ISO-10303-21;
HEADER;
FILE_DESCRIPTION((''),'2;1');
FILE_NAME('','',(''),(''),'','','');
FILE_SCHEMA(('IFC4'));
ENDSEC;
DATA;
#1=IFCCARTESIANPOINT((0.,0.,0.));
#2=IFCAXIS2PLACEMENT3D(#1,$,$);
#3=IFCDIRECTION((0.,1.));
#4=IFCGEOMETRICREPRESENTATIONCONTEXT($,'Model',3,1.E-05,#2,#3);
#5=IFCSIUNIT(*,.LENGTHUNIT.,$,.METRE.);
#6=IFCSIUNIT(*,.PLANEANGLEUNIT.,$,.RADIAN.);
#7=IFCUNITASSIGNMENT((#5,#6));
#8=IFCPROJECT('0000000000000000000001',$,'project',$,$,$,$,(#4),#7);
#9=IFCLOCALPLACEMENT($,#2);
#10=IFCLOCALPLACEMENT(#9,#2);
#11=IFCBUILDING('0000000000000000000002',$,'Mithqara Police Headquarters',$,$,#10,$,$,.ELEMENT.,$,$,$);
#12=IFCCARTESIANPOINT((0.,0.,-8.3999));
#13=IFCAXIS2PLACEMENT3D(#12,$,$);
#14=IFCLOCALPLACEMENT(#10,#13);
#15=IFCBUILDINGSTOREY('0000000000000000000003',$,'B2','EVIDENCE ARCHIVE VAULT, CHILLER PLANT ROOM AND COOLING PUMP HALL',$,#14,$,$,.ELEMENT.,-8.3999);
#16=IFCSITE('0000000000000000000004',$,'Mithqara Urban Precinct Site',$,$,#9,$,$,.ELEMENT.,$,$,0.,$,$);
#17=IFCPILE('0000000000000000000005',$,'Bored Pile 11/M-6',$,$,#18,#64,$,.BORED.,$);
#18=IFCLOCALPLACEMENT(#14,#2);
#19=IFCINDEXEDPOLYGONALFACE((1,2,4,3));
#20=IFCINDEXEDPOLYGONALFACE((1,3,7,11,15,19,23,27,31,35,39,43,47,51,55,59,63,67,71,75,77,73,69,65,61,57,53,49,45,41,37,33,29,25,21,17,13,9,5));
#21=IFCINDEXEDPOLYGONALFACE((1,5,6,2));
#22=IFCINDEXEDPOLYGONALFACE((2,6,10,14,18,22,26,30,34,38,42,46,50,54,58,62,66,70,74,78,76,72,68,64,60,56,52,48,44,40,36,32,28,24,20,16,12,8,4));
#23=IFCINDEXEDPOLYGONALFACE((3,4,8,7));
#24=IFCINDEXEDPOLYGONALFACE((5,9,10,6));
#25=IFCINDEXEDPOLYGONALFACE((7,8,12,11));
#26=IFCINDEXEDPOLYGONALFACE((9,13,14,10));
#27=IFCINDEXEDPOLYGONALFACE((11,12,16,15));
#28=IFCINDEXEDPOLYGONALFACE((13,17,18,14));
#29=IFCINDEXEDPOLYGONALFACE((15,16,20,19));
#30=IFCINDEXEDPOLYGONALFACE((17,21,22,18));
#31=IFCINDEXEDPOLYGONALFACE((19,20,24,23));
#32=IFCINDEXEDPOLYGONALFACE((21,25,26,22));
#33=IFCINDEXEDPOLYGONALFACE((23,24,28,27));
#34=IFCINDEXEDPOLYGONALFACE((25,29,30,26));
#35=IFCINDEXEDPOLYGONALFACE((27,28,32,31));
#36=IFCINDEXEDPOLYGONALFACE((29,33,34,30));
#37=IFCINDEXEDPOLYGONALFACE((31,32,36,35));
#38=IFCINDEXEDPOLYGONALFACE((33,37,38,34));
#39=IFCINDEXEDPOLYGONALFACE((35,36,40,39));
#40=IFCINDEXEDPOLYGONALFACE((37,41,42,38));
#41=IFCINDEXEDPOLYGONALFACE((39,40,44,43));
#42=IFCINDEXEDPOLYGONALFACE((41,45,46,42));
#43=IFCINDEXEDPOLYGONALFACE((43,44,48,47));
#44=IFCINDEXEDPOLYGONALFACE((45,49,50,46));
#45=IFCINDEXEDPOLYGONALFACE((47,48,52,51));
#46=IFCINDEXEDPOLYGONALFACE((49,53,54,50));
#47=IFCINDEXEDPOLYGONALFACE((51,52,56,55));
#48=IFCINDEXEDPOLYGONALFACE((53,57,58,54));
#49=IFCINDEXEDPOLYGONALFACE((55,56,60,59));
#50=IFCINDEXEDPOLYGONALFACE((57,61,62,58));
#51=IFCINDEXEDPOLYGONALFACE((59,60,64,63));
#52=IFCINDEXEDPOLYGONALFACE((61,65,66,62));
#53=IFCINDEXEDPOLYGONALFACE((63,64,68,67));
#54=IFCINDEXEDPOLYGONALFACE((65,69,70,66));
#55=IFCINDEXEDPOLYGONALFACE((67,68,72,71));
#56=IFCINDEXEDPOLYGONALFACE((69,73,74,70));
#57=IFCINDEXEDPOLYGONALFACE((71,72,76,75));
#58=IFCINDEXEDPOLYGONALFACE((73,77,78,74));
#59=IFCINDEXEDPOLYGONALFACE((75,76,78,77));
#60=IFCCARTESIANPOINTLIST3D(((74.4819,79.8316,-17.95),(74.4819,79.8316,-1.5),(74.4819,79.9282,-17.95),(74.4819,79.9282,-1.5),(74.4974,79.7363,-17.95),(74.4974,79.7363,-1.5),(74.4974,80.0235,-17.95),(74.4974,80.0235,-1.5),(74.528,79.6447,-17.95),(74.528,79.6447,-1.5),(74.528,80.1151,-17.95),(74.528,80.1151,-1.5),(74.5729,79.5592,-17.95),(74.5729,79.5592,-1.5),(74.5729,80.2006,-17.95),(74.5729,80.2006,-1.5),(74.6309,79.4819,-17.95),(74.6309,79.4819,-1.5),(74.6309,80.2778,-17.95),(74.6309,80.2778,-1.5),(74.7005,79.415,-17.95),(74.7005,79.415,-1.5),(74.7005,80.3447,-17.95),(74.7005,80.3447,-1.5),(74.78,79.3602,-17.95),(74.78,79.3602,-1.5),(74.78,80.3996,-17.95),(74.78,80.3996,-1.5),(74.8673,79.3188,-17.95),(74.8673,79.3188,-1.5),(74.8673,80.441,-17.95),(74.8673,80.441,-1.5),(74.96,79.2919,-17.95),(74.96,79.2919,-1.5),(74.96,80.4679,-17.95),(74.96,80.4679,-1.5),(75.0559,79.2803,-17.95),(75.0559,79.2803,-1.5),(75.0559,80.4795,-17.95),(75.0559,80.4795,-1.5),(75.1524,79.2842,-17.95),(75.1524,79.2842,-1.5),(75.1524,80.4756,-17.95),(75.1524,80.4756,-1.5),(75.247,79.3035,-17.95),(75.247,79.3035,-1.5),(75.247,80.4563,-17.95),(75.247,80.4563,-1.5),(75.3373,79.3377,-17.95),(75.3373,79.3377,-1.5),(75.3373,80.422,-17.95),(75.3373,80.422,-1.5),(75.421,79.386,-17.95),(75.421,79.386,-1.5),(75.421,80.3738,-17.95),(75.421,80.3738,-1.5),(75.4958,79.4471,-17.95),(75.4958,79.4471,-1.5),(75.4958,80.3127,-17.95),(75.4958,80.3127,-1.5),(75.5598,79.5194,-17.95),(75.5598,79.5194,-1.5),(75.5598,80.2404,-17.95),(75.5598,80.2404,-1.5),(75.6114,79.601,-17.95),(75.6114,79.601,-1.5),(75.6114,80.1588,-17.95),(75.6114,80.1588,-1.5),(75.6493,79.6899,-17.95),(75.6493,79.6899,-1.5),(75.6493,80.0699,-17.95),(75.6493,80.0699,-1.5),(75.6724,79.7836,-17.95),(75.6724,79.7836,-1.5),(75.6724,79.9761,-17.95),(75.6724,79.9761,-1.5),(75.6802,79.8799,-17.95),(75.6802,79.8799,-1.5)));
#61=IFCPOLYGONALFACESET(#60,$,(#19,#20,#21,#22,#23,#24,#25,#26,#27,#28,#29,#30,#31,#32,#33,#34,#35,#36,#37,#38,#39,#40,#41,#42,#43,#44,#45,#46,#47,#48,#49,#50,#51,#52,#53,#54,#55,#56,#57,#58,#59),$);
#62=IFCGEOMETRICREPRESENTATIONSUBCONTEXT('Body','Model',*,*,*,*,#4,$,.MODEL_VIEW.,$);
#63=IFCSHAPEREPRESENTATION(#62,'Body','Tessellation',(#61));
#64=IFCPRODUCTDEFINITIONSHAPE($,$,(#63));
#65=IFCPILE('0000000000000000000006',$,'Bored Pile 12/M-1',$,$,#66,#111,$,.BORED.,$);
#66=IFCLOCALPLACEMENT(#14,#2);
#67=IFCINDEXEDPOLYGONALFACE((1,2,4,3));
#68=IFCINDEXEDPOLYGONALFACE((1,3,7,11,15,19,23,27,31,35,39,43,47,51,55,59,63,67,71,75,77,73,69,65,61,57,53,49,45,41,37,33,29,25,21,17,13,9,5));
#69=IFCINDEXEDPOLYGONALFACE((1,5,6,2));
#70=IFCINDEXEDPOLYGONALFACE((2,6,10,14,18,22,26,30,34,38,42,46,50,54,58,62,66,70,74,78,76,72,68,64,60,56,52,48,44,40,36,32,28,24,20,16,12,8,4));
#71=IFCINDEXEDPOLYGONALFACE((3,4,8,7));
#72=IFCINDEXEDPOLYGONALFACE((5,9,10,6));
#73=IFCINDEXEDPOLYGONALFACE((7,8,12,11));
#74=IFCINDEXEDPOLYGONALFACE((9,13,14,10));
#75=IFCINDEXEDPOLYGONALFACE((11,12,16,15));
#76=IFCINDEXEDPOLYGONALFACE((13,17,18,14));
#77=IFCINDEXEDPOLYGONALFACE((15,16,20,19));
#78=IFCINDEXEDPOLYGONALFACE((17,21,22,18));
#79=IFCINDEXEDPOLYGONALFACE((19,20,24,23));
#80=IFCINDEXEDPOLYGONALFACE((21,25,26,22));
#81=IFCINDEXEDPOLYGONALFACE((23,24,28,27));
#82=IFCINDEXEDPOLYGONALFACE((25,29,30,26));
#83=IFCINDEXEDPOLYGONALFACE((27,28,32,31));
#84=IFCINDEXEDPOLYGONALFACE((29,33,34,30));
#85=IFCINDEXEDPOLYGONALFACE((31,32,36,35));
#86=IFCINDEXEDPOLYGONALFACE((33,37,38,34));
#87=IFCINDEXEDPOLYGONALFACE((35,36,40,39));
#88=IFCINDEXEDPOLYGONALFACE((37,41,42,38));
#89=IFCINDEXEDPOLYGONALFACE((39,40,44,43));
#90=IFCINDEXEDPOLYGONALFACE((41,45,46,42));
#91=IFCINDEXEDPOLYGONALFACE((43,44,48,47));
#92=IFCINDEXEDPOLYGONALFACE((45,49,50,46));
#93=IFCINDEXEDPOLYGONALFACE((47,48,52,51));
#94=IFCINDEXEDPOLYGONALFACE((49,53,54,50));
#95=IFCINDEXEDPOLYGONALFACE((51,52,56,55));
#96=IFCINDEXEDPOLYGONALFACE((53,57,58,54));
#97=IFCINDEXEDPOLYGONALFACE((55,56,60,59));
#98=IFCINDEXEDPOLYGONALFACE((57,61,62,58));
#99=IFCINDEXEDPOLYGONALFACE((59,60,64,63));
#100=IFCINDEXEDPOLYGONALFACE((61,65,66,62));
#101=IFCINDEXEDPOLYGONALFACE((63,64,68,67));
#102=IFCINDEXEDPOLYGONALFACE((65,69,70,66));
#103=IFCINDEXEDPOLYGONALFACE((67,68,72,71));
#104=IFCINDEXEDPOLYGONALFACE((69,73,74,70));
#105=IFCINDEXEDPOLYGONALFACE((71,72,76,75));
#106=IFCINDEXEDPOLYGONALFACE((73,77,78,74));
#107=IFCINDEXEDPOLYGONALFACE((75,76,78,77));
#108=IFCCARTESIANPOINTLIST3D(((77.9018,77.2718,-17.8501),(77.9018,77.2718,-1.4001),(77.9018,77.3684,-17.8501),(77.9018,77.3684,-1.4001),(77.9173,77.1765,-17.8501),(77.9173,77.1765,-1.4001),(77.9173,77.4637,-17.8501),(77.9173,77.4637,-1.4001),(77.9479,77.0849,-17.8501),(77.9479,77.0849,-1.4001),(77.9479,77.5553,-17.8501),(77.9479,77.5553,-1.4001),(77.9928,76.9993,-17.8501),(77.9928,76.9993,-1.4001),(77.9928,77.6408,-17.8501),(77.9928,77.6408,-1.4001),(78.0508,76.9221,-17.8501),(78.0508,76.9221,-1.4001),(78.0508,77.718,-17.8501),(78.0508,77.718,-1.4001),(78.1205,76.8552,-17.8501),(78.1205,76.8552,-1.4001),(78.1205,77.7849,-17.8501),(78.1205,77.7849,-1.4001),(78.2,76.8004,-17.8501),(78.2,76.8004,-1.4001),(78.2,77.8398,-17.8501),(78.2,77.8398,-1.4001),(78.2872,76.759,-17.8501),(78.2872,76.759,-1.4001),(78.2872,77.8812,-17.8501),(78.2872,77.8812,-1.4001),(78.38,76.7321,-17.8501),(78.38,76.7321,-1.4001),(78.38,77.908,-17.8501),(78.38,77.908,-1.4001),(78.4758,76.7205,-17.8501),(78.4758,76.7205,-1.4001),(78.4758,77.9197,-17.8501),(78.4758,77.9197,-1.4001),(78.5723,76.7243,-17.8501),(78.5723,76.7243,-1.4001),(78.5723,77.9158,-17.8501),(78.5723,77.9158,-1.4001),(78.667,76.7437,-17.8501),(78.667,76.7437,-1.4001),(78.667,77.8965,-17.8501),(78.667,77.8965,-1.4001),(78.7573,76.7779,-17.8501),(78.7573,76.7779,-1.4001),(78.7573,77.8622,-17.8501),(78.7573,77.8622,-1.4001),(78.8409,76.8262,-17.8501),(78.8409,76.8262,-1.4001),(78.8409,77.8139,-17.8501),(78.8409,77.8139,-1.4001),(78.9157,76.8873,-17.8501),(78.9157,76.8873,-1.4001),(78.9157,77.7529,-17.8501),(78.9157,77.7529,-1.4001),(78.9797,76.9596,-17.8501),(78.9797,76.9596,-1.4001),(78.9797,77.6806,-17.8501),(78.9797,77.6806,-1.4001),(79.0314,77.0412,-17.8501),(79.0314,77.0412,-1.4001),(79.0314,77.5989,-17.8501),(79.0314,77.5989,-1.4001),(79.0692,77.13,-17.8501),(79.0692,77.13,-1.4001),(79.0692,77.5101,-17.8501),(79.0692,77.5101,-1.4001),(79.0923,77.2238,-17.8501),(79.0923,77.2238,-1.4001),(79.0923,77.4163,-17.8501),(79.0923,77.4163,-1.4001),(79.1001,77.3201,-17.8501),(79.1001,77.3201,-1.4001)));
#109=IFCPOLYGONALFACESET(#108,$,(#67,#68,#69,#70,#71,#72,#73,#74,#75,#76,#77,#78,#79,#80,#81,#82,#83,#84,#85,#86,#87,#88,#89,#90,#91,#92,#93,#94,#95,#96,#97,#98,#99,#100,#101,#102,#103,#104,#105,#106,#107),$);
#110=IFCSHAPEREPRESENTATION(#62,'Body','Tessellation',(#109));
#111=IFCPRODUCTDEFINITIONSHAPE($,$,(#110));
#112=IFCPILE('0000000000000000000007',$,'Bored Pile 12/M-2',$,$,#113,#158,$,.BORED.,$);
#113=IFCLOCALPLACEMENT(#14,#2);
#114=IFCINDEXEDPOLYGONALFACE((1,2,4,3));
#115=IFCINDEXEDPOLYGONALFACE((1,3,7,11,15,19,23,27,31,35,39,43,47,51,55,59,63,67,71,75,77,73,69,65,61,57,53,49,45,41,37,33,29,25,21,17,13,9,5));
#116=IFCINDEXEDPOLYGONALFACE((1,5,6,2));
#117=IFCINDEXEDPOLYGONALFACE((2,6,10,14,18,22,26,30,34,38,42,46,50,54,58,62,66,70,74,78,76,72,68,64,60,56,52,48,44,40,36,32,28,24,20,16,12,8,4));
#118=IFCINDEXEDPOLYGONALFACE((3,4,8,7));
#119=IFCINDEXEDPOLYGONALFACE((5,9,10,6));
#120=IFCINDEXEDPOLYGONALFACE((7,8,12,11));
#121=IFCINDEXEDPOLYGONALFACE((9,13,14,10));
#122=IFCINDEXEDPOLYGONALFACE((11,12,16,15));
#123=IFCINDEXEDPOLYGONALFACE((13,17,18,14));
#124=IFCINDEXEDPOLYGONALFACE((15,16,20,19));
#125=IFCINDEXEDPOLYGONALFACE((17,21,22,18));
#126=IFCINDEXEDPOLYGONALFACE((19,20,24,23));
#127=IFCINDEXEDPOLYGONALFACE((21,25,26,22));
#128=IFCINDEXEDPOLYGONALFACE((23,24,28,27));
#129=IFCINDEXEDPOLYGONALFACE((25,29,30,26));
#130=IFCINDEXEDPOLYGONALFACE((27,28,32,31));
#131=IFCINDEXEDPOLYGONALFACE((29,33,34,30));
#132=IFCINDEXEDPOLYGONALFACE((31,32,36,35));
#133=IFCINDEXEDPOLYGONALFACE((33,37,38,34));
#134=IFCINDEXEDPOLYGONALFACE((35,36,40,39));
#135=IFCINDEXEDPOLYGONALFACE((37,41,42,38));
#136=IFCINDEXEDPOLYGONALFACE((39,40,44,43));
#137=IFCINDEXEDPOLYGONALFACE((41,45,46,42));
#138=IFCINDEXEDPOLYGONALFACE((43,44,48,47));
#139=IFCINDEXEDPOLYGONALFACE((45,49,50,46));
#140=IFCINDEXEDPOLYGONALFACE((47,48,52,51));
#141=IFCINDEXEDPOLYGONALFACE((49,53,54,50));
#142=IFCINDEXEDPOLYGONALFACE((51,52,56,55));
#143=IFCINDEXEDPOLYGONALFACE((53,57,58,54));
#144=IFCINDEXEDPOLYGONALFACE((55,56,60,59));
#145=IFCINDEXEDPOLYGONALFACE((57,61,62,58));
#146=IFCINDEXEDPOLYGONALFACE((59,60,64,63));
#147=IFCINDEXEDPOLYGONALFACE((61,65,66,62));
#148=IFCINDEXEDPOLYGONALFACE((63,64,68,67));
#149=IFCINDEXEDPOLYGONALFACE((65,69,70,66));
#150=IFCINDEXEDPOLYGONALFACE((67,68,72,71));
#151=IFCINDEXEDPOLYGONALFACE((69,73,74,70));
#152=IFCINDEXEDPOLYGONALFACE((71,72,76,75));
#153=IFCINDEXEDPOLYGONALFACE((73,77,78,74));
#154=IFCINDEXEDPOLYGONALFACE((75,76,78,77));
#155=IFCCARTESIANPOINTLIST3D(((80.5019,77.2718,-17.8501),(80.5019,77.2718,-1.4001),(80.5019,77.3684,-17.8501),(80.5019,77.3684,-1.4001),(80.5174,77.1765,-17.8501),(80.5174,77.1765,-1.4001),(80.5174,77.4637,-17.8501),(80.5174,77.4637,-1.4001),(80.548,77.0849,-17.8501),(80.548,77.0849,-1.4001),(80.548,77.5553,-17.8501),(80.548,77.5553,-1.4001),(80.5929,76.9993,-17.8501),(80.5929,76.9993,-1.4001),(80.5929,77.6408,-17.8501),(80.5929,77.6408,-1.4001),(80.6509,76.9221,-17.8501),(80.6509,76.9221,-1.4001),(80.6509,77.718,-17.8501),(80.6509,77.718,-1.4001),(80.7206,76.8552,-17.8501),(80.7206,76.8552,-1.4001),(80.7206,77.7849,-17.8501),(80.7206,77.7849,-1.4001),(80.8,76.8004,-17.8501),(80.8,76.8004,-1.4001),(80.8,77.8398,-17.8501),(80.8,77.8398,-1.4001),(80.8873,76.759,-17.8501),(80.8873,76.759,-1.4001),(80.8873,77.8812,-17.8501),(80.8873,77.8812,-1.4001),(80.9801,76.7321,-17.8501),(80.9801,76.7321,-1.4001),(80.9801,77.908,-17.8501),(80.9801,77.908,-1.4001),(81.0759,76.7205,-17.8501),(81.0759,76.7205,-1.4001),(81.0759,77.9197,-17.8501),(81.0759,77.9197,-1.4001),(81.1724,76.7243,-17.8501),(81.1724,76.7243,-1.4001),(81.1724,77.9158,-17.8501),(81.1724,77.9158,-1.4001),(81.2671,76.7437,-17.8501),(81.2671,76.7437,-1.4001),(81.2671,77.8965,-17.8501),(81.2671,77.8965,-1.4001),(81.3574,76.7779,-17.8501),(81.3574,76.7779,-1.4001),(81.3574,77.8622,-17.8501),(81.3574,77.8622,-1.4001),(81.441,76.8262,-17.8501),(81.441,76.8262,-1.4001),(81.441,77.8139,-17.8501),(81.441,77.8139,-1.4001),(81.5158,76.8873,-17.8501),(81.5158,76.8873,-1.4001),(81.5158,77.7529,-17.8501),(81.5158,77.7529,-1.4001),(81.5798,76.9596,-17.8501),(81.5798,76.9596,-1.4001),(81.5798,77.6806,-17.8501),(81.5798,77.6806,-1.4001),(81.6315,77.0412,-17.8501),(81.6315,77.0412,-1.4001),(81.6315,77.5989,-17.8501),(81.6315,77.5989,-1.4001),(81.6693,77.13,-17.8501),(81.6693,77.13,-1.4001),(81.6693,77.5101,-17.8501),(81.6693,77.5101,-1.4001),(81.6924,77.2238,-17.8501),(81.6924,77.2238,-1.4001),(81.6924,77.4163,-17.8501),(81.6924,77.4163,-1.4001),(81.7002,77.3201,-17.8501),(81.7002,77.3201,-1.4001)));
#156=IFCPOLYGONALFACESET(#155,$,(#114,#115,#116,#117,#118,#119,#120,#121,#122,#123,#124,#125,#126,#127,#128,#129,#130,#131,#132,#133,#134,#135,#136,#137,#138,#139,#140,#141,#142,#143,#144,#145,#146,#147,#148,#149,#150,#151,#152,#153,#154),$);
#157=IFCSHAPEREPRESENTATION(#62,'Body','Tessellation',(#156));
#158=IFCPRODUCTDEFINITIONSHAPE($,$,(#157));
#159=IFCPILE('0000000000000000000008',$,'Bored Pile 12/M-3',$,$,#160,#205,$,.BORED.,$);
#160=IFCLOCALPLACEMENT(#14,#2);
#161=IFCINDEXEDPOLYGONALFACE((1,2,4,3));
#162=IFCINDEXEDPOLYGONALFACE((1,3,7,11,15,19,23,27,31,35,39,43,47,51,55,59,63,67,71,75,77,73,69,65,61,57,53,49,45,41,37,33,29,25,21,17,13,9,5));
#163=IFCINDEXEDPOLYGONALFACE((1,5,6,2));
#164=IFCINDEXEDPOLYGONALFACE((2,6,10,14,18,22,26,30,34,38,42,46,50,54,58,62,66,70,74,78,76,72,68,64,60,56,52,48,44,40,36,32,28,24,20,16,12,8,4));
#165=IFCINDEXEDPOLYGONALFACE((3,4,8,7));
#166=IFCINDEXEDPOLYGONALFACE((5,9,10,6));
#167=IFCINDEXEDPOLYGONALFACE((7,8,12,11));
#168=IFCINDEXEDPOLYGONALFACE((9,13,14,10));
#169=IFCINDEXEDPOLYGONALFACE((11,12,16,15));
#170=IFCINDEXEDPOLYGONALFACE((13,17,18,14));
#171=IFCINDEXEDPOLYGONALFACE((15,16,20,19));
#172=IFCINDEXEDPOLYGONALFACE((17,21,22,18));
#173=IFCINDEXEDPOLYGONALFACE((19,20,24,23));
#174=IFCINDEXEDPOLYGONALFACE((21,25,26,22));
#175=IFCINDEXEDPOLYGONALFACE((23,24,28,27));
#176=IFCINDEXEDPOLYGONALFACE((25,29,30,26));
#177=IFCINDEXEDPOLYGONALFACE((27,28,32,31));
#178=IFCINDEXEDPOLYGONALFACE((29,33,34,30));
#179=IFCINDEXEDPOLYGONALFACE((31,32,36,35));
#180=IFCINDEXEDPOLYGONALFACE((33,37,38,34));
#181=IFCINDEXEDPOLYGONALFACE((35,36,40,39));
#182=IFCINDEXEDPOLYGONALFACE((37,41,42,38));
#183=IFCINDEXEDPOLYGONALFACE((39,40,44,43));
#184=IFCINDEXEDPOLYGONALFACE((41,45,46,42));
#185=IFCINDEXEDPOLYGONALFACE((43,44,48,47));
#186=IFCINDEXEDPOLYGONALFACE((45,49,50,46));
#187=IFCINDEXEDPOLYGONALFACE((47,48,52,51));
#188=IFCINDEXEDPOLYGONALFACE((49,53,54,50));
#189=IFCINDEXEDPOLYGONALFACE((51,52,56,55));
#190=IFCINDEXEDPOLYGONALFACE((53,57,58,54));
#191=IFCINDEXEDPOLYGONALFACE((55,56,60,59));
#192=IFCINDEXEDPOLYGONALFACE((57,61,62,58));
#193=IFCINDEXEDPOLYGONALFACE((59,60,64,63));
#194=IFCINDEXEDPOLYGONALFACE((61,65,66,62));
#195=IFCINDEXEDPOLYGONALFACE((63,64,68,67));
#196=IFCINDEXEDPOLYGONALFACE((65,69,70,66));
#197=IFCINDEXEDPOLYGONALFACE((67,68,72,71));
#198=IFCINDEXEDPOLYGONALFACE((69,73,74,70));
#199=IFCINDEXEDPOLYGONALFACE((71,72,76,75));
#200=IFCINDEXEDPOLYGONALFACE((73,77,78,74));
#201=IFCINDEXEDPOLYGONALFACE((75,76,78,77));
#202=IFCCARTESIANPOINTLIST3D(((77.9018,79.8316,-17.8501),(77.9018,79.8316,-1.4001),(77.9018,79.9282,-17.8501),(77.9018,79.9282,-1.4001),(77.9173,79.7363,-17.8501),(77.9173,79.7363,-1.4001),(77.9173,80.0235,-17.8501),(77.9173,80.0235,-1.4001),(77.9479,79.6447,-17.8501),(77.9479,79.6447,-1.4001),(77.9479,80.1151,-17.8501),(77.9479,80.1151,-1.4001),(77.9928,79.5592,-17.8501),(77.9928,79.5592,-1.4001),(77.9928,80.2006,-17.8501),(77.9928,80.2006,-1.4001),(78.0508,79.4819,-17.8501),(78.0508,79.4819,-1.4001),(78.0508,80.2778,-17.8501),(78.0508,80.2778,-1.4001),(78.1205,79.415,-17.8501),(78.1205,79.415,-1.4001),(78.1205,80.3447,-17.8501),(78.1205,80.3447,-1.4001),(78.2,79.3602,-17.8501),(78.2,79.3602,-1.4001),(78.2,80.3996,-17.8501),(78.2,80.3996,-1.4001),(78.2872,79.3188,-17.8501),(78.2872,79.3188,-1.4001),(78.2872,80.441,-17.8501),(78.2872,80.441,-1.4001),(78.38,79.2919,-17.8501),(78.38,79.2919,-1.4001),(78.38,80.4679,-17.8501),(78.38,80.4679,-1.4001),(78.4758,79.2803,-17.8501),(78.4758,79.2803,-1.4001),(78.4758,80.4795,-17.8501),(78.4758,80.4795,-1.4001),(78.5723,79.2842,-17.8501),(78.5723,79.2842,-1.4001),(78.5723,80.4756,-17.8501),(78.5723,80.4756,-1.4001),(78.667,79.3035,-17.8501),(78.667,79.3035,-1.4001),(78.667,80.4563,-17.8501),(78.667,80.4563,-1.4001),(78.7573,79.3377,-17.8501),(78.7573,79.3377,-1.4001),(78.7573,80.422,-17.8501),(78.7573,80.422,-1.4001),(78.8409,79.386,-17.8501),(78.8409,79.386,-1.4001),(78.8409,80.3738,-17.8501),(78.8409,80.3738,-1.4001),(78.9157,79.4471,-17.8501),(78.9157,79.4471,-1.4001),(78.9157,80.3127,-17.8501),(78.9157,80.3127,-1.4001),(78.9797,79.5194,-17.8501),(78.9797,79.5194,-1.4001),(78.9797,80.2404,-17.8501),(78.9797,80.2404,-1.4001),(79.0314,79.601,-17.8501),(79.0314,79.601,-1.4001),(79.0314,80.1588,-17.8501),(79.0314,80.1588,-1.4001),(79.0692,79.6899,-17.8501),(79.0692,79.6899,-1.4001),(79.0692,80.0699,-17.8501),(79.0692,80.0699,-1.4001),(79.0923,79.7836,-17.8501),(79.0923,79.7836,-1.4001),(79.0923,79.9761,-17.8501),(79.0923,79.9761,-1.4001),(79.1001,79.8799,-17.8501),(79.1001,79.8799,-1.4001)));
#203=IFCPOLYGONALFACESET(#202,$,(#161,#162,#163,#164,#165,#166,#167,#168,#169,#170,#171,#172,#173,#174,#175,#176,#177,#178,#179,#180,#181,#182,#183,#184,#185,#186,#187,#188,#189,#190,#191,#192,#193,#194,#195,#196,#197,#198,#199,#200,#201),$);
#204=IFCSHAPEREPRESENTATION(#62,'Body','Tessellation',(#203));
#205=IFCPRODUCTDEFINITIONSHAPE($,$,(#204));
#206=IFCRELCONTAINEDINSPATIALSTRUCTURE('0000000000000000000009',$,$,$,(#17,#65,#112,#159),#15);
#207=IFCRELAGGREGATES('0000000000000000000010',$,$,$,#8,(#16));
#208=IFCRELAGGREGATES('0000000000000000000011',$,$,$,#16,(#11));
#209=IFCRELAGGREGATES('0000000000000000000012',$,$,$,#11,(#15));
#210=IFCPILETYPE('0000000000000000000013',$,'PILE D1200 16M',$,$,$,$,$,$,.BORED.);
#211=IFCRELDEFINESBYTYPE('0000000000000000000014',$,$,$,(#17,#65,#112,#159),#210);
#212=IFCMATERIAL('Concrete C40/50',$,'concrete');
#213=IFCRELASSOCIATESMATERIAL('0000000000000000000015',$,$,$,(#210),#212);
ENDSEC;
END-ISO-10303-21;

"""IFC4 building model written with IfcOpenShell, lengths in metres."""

from ifc_helpers import new_model, si_unit, direction, frame, origin, origin_2d, place, context, subcontext, project, spatial, circle, extrude, material, material_profile, profile_set, type_object, element, save


model = new_model("IFC4")

# Units and contexts
model_context = context("Model", 3, precision=1e-05, world=origin(), true_north=direction((0.0, 1.0)))
body_context = subcontext(model_context, "Body", "Model", "MODEL_VIEW")
ifc_project = project(units=[si_unit("LENGTHUNIT", "METRE"), si_unit("PLANEANGLEUNIT", "RADIAN")], contexts=[model_context])

# Site, building, storey
site_placement = place(None, origin())
site = spatial("IfcSite", under=ifc_project, at=site_placement, Name="Mithqara Urban Precinct Site", CompositionType="ELEMENT", RefElevation=0.0)
building_placement = place(site_placement, origin())
building = spatial("IfcBuilding", under=site, at=building_placement, Name="Mithqara Police Headquarters", CompositionType="ELEMENT")
storey_placement = place(building_placement, frame((0.0, 0.0, -8.3999)))
storey = spatial("IfcBuildingStorey", under=building, at=storey_placement, Name="B2", Description="EVIDENCE ARCHIVE VAULT, CHILLER PLANT ROOM AND COOLING PUMP HALL", CompositionType="ELEMENT", Elevation=-8.3999)

# Shared definitions
ifc_material_1 = material(Name="Concrete C40/50", Category="concrete")

# Piles
ifc_material_profile_1 = material_profile(ifc_material_1, circle(Radius=0.6001, at=origin_2d()), Name="PILE D1200")
ifc_profile_set_1 = profile_set([ifc_material_profile_1], Name="Concrete C40/50")
pile_type_1 = type_object("IfcPileType", Name="PILE D1200 16M", PredefinedType="BORED", material=ifc_profile_set_1)
for number, where, z_axis, x_axis, name in (
    (1, (75.0801, 79.8799, -1.5), (0.0, 0.0, -1.0), (1.0, 0.0, 0.0), "Bored Pile 11/M-6"),
    (2, (78.5, 77.3201, -1.4001), (0.0, 0.0, -1.0), (1.0, 0.0, 0.0), "Bored Pile 12/M-1"),
    (3, (81.1001, 77.3201, -1.4001), (0.0, 0.0, -1.0), (1.0, 0.0, 0.0), "Bored Pile 12/M-2"),
    (4, (78.5, 79.8799, -1.4001), (0.0, 0.0, -1.0), (1.0, 0.0, 0.0), "Bored Pile 12/M-3"),
):
    element("IfcPile", number, at=place(storey_placement, frame(where, z_axis=z_axis, x_axis=x_axis)), inside=storey, type_object=pile_type_1, Name=name, PredefinedType="BORED", context=body_context, shape_type="SweptSolid", body=[
        extrude(circle(Radius=0.6001, at=origin_2d()), origin(), (0.0, 0.0, 1.0), 16.45),
    ])

save(model, "model.ifc")
